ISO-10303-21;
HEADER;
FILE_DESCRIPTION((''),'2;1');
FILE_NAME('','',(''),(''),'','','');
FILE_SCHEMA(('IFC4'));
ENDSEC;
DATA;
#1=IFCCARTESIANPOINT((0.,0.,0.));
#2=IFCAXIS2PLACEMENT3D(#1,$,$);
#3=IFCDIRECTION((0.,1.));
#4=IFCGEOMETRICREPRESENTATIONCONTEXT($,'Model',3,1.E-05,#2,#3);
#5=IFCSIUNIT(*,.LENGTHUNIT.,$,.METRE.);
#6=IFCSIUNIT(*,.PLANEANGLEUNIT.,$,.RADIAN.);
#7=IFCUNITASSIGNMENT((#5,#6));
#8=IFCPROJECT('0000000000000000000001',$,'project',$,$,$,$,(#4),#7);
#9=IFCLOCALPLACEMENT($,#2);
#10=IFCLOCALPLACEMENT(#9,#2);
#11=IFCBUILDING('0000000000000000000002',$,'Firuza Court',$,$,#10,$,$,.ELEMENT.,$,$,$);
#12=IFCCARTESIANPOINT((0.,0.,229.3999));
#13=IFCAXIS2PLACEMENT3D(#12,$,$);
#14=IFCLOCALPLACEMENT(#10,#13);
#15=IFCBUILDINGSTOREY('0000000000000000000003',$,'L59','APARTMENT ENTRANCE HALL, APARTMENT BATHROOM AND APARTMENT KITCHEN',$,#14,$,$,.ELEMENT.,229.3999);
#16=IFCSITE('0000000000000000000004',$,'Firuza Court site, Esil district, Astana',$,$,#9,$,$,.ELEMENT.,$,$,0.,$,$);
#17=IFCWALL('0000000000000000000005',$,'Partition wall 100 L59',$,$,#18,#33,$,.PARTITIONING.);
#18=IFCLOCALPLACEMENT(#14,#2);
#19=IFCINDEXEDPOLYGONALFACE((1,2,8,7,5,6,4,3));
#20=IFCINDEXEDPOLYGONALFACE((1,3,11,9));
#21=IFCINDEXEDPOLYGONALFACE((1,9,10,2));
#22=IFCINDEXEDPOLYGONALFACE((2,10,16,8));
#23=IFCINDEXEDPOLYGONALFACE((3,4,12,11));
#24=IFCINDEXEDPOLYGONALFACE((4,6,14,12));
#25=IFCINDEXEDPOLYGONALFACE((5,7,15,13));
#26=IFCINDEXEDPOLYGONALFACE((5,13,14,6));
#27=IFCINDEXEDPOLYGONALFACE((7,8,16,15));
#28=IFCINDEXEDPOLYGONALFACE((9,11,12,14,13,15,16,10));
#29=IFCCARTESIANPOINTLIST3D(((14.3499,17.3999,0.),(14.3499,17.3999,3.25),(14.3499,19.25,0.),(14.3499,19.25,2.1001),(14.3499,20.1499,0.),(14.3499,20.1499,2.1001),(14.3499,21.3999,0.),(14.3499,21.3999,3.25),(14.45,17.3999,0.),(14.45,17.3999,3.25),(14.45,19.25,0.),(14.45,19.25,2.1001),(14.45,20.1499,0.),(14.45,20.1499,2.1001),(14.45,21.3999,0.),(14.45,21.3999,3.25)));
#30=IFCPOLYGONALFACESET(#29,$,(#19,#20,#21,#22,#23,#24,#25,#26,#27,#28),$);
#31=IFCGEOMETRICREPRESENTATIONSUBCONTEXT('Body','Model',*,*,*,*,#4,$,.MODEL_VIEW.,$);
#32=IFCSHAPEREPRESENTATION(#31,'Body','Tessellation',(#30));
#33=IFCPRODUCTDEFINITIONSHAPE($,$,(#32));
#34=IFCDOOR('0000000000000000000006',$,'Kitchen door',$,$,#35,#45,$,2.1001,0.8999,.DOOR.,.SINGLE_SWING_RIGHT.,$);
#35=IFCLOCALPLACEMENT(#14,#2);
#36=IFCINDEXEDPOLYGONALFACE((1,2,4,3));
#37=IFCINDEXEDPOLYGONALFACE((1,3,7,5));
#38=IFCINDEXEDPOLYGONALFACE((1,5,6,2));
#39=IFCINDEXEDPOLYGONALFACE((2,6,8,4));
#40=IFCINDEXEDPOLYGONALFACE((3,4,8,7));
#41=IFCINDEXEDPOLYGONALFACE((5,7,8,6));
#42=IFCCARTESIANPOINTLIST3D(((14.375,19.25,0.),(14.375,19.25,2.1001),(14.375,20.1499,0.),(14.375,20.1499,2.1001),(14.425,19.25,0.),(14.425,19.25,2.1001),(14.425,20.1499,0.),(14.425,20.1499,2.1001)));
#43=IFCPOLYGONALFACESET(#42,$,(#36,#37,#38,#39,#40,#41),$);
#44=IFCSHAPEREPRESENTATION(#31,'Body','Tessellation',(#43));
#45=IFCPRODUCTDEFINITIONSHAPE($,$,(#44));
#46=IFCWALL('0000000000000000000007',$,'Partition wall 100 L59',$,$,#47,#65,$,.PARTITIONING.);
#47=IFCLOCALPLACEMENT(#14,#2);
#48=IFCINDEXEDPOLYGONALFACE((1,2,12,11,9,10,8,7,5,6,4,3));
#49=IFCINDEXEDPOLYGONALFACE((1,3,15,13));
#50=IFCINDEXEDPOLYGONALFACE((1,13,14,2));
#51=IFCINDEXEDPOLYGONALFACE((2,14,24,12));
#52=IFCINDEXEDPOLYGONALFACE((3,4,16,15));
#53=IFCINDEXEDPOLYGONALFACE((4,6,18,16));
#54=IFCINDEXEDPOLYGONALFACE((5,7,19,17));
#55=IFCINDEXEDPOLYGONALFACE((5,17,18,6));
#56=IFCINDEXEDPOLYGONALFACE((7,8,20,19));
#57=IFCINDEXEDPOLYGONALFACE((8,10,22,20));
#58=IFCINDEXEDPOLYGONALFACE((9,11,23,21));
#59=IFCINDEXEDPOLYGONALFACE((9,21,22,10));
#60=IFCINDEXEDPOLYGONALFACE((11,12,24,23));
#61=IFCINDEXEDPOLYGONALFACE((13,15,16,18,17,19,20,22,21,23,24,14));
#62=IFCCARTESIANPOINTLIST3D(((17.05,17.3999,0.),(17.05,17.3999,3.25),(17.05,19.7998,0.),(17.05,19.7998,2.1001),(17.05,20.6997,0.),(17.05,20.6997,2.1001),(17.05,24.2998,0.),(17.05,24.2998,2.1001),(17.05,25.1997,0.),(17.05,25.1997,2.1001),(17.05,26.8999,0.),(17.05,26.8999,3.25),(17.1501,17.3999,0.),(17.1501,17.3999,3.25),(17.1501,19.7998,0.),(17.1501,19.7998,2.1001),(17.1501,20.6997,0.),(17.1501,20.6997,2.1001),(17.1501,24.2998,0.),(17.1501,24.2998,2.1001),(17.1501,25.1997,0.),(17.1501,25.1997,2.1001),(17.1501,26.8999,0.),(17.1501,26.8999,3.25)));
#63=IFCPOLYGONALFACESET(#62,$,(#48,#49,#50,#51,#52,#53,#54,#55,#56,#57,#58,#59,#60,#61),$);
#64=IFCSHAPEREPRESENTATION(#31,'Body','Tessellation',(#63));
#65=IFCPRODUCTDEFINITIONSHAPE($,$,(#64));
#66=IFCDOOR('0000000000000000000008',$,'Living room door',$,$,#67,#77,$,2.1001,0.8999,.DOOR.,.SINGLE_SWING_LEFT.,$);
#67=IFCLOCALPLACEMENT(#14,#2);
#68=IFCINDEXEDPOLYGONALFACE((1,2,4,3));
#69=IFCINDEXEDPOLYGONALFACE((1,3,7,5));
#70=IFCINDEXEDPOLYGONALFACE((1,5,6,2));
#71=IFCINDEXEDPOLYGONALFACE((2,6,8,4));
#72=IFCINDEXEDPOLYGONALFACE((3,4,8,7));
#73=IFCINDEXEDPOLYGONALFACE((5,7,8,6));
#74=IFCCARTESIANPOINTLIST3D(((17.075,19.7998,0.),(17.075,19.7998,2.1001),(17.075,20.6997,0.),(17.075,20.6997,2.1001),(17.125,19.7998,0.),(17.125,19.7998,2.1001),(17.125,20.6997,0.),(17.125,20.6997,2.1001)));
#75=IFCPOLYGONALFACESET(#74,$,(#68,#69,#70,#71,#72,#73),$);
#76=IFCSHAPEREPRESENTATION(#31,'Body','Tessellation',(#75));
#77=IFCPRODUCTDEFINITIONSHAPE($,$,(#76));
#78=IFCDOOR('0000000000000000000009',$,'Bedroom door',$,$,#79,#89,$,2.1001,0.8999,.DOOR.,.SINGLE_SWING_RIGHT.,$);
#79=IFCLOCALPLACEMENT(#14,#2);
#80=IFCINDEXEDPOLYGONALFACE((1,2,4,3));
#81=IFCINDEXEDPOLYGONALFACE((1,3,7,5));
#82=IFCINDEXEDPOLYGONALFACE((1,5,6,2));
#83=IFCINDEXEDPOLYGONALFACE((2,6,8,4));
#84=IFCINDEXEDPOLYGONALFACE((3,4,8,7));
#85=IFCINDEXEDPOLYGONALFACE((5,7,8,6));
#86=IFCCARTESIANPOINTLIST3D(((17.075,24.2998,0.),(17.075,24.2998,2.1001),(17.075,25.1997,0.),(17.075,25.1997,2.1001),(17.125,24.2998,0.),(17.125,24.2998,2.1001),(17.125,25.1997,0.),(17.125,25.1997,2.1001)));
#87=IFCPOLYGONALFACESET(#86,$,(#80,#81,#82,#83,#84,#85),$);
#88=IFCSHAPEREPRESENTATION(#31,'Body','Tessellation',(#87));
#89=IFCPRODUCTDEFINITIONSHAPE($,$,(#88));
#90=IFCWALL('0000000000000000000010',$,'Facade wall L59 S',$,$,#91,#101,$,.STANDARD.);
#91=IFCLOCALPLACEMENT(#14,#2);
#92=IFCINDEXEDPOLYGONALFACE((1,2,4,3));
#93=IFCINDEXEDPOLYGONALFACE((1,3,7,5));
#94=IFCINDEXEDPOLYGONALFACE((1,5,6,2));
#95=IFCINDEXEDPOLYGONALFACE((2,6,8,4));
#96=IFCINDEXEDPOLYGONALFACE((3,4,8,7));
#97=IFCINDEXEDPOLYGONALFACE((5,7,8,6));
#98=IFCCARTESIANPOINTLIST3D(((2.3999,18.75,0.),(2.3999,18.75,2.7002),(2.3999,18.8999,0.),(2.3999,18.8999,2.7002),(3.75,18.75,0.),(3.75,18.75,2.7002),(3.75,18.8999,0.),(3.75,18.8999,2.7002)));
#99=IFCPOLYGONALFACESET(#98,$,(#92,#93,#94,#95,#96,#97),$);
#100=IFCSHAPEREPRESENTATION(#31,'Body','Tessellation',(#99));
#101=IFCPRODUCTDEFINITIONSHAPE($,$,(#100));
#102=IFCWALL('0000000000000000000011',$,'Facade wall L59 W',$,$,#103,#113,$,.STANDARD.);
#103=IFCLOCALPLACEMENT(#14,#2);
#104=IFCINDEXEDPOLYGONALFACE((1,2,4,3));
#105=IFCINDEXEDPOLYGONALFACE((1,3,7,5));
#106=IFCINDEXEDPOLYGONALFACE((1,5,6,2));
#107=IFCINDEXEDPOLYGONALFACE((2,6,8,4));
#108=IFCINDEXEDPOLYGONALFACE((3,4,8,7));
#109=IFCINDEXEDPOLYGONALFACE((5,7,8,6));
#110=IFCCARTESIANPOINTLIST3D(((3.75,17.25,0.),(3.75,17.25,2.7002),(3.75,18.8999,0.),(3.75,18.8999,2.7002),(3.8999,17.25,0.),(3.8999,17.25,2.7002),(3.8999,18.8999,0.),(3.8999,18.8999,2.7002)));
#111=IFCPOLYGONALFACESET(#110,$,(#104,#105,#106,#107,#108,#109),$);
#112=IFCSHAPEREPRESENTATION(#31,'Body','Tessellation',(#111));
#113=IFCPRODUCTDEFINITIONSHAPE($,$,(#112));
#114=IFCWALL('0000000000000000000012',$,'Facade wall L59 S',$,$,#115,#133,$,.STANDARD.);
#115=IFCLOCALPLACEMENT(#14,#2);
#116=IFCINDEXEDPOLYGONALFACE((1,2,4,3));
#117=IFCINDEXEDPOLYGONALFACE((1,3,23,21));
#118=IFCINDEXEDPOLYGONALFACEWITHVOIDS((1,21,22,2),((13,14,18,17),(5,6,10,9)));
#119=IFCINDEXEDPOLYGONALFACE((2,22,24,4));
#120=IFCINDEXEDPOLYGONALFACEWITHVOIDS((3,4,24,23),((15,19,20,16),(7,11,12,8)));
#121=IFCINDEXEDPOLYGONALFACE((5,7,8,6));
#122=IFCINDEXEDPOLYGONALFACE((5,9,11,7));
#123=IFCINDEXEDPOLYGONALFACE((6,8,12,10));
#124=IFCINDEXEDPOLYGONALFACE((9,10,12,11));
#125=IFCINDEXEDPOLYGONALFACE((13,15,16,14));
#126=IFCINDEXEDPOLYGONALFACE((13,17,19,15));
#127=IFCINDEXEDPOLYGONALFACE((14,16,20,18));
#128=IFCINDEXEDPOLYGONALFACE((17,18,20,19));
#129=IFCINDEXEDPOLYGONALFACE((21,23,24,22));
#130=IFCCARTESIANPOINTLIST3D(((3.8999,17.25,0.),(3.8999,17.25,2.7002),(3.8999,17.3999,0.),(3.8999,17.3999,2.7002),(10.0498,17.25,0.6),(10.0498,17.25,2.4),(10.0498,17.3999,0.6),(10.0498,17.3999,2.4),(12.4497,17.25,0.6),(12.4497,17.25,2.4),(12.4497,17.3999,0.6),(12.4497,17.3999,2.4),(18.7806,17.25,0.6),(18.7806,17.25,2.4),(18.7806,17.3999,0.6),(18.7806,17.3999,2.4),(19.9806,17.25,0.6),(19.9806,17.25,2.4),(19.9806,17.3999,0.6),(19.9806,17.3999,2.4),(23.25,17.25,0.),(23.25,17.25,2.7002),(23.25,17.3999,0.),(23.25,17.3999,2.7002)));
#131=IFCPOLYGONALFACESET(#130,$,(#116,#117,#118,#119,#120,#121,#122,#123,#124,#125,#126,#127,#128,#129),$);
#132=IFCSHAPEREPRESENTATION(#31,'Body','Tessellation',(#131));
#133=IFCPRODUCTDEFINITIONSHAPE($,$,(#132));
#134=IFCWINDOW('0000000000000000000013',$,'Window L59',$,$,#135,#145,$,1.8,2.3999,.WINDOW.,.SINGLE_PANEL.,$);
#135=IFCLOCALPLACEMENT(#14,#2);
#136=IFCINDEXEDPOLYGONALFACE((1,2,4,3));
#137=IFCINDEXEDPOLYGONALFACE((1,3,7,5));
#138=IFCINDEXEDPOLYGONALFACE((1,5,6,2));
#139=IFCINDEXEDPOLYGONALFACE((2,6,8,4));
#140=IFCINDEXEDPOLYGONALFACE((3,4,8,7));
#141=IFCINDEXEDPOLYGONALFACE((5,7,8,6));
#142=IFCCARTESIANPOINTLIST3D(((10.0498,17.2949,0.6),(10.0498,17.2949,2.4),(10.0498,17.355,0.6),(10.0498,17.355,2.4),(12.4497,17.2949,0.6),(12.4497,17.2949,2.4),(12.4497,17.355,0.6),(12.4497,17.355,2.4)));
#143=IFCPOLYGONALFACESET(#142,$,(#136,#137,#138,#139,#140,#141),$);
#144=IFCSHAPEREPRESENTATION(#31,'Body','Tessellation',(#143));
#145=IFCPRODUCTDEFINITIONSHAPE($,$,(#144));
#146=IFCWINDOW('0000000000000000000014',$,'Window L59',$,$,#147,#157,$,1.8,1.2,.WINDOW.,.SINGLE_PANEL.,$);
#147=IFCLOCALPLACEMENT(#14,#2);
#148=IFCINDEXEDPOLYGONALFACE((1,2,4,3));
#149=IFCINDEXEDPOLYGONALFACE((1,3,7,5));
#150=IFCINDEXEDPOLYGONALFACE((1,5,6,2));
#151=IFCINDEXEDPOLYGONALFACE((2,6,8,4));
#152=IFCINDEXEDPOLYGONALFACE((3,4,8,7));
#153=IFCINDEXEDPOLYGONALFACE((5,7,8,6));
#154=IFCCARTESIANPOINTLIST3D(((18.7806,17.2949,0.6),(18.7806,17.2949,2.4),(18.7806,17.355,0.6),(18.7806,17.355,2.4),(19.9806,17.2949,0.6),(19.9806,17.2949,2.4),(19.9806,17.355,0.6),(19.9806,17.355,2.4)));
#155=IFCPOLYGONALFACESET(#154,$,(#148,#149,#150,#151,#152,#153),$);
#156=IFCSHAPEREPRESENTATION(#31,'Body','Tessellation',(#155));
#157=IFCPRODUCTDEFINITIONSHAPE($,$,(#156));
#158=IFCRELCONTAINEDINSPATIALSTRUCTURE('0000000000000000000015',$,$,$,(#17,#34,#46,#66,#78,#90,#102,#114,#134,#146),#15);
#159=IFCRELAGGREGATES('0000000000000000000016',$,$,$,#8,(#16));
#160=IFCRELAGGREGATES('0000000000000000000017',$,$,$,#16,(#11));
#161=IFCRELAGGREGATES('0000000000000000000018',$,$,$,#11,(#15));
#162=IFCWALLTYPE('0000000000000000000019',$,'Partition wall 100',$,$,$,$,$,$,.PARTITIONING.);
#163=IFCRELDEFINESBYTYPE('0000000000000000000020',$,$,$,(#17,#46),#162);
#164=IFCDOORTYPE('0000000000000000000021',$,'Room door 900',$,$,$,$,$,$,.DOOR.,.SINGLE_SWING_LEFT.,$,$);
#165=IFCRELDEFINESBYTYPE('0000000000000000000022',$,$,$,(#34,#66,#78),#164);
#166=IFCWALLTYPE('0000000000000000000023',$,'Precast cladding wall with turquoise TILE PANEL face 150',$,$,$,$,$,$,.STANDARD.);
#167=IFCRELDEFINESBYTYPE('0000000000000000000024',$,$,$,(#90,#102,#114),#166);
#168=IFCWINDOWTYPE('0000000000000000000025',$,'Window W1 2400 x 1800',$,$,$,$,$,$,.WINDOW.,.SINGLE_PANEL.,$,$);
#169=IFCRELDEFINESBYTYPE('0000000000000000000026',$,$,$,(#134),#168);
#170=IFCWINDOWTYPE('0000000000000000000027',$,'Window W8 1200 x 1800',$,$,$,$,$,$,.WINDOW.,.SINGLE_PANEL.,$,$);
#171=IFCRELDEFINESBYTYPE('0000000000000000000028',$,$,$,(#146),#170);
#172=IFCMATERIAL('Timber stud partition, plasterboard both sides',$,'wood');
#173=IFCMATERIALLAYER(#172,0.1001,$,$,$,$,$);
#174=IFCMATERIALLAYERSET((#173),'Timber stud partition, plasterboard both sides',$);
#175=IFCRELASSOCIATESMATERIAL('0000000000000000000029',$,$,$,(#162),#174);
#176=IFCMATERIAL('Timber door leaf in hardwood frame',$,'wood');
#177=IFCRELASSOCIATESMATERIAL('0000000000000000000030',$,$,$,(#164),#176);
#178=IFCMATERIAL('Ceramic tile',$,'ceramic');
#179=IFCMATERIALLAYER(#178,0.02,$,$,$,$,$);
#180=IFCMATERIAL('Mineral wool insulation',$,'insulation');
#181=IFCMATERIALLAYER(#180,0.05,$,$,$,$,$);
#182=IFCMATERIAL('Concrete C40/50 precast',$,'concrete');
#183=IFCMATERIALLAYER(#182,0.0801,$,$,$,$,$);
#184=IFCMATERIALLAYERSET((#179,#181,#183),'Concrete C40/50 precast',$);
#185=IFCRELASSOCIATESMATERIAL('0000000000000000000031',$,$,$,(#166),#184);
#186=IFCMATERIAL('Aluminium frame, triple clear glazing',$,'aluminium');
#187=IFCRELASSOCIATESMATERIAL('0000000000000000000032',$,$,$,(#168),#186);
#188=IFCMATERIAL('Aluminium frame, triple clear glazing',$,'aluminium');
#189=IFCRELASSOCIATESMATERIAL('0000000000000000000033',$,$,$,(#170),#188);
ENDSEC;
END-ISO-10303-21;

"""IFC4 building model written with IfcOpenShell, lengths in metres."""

from ifc_helpers import new_model, si_unit, direction, frame, frame_2d, origin, place, context, subcontext, project, spatial, rectangle, extrude, material, layer, layer_set, type_object, element, fill, save


model = new_model("IFC4")

# Units and contexts
model_context = context("Model", 3, precision=1e-05, world=origin(), true_north=direction((0.0, 1.0)))
body_context = subcontext(model_context, "Body", "Model", "MODEL_VIEW")
ifc_project = project(units=[si_unit("LENGTHUNIT", "METRE"), si_unit("PLANEANGLEUNIT", "RADIAN")], contexts=[model_context])

# Site, building, storey
site_placement = place(None, origin())
site = spatial("IfcSite", under=ifc_project, at=site_placement, Name="Firuza Court site, Esil district, Astana", CompositionType="ELEMENT", RefElevation=0.0)
building_placement = place(site_placement, origin())
building = spatial("IfcBuilding", under=site, at=building_placement, Name="Firuza Court", CompositionType="ELEMENT")
storey_placement = place(building_placement, frame((0.0, 0.0, 229.3999)))
storey = spatial("IfcBuildingStorey", under=building, at=storey_placement, Name="L59", Description="APARTMENT ENTRANCE HALL, APARTMENT BATHROOM AND APARTMENT KITCHEN", CompositionType="ELEMENT", Elevation=229.3999)

# Shared definitions
ifc_material_1 = material(Name="Concrete C40/50 precast", Category="concrete")

# Wall, opening, door
ifc_material_2 = material(Name="Timber stud partition, plasterboard both sides", Category="wood")
ifc_layer_1 = layer(ifc_material_2, 0.1001)
ifc_layer_set_1 = layer_set([ifc_layer_1], Name="Timber stud partition, plasterboard both sides")
wall_type_1 = type_object("IfcWallType", Name="Partition wall 100", PredefinedType="PARTITIONING", material=ifc_layer_set_1)
wall_1_placement = place(storey_placement, frame((14.3999, 17.3999, 0.0), z_axis=(0.0, 0.0, 1.0), x_axis=(0.0, 1.0, 0.0)))
wall_1 = element("IfcWall", 1, at=wall_1_placement, inside=storey, type_object=wall_type_1, Name="Partition wall 100 L59", PredefinedType="PARTITIONING", context=body_context, shape_type="SweptSolid", body=[
    extrude(rectangle(XDim=4.0, YDim=0.1001, at=frame_2d((2.0, 0.0))), origin(), (0.0, 0.0, 1.0), 3.25),
])
opening_1_placement = place(wall_1_placement, frame((1.8501, 0.0, 0.0)))
opening_1 = element("IfcOpeningElement", 2, at=opening_1_placement, cuts=wall_1, PredefinedType="OPENING", context=body_context, shape_type="SweptSolid", body=[
    extrude(rectangle(XDim=0.8999, YDim=2.1001, at=frame_2d((0.45, 1.05))), frame((0.0, 0.062, 0.0), z_axis=(0.0, -1.0, 0.0), x_axis=(1.0, 0.0, 0.0)), (0.0, 0.0, 1.0), 0.124),
])
ifc_material_3 = material(Name="Timber door leaf in hardwood frame", Category="wood")
door_type_1 = type_object("IfcDoorType", Name="Room door 900", OperationType="SINGLE_SWING_LEFT", PredefinedType="DOOR", material=ifc_material_3)
door_1_placement = place(opening_1_placement, origin())
door_1 = element("IfcDoor", 3, at=door_1_placement, inside=storey, type_object=door_type_1, Name="Kitchen door", OperationType="SINGLE_SWING_RIGHT", OverallHeight=2.1001, OverallWidth=0.8999, PredefinedType="DOOR", context=body_context, shape_type="SweptSolid", body=[
    extrude(rectangle(XDim=0.8999, YDim=2.1001, at=frame_2d((0.45, 1.05))), frame((0.0, 0.0249, 0.0), z_axis=(0.0, -1.0, 0.0), x_axis=(1.0, 0.0, 0.0)), (0.0, 0.0, 1.0), 0.05),
])
fill(opening_1, door_1)

# Wall, openings, doors
wall_2_placement = place(storey_placement, frame((17.1001, 17.3999, 0.0), z_axis=(0.0, 0.0, 1.0), x_axis=(0.0, 1.0, 0.0)))
wall_2 = element("IfcWall", 4, at=wall_2_placement, inside=storey, type_object=wall_type_1, Name="Partition wall 100 L59", PredefinedType="PARTITIONING", context=body_context, shape_type="SweptSolid", body=[
    extrude(rectangle(XDim=9.5, YDim=0.1001, at=frame_2d((4.75, 0.0))), origin(), (0.0, 0.0, 1.0), 3.25),
])
opening_2_placement = place(wall_2_placement, frame((2.3999, 0.0, 0.0)))
opening_2 = element("IfcOpeningElement", 5, at=opening_2_placement, cuts=wall_2, PredefinedType="OPENING", context=body_context, shape_type="SweptSolid", body=[
    extrude(rectangle(XDim=0.8999, YDim=2.1001, at=frame_2d((0.45, 1.05))), frame((0.0, 0.062, 0.0), z_axis=(0.0, -1.0, 0.0), x_axis=(1.0, 0.0, 0.0)), (0.0, 0.0, 1.0), 0.124),
])
opening_3_placement = place(wall_2_placement, frame((6.8999, 0.0, 0.0)))
opening_3 = element("IfcOpeningElement", 6, at=opening_3_placement, cuts=wall_2, PredefinedType="OPENING", context=body_context, shape_type="SweptSolid", body=[
    extrude(rectangle(XDim=0.8999, YDim=2.1001, at=frame_2d((0.45, 1.05))), frame((0.0, 0.062, 0.0), z_axis=(0.0, -1.0, 0.0), x_axis=(1.0, 0.0, 0.0)), (0.0, 0.0, 1.0), 0.124),
])
door_2_placement = place(opening_2_placement, frame((0.8999, 0.0, 0.0), z_axis=(0.0, 0.0, 1.0), x_axis=(-1.0, 0.0, 0.0)))
door_2 = element("IfcDoor", 7, at=door_2_placement, inside=storey, type_object=door_type_1, Name="Living room door", OperationType="SINGLE_SWING_LEFT", OverallHeight=2.1001, OverallWidth=0.8999, PredefinedType="DOOR", context=body_context, shape_type="SweptSolid", body=[
    extrude(rectangle(XDim=0.8999, YDim=2.1001, at=frame_2d((0.45, 1.05))), frame((0.0, 0.0249, 0.0), z_axis=(0.0, -1.0, 0.0), x_axis=(1.0, 0.0, 0.0)), (0.0, 0.0, 1.0), 0.05),
])
fill(opening_2, door_2)
door_3_placement = place(opening_3_placement, frame((0.8999, 0.0, 0.0), z_axis=(0.0, 0.0, 1.0), x_axis=(-1.0, 0.0, 0.0)))
door_3 = element("IfcDoor", 8, at=door_3_placement, inside=storey, type_object=door_type_1, Name="Bedroom door", OperationType="SINGLE_SWING_RIGHT", OverallHeight=2.1001, OverallWidth=0.8999, PredefinedType="DOOR", context=body_context, shape_type="SweptSolid", body=[
    extrude(rectangle(XDim=0.8999, YDim=2.1001, at=frame_2d((0.45, 1.05))), frame((0.0, 0.0249, 0.0), z_axis=(0.0, -1.0, 0.0), x_axis=(1.0, 0.0, 0.0)), (0.0, 0.0, 1.0), 0.05),
])
fill(opening_3, door_3)

# Walls
ifc_material_4 = material(Name="Ceramic tile", Category="ceramic")
ifc_layer_2 = layer(ifc_material_4, 0.02)
ifc_material_5 = material(Name="Mineral wool insulation", Category="insulation")
ifc_layer_3 = layer(ifc_material_5, 0.05)
ifc_layer_4 = layer(ifc_material_1, 0.0801)
ifc_layer_set_2 = layer_set([ifc_layer_2, ifc_layer_3, ifc_layer_4], Name="Concrete C40/50 precast")
wall_type_2 = type_object("IfcWallType", Name="Precast cladding wall with turquoise TILE PANEL face 150", PredefinedType="STANDARD", material=ifc_layer_set_2)
wall_3_placement = place(storey_placement, frame((2.3999, 18.825, 0.0), z_axis=(0.0, 0.0, 1.0), x_axis=(1.0, 0.0, 0.0)))
element("IfcWall", 9, at=wall_3_placement, inside=storey, type_object=wall_type_2, Name="Facade wall L59 S", PredefinedType="STANDARD", context=body_context, shape_type="SweptSolid", body=[
    extrude(rectangle(XDim=1.3501, YDim=0.1499, at=frame_2d((0.675, 0.0))), origin(), (0.0, 0.0, 1.0), 2.7002),
])
wall_4_placement = place(storey_placement, frame((3.825, 18.8999, 0.0), z_axis=(0.0, 0.0, 1.0), x_axis=(0.0, -1.0, 0.0)))
element("IfcWall", 10, at=wall_4_placement, inside=storey, type_object=wall_type_2, Name="Facade wall L59 W", PredefinedType="STANDARD", context=body_context, shape_type="SweptSolid", body=[
    extrude(rectangle(XDim=1.6499, YDim=0.1499, at=frame_2d((0.825, 0.0))), origin(), (0.0, 0.0, 1.0), 2.7002),
])

# Wall, openings, windows
wall_5_placement = place(storey_placement, frame((3.8999, 17.325, 0.0), z_axis=(0.0, 0.0, 1.0), x_axis=(1.0, 0.0, 0.0)))
wall_5 = element("IfcWall", 11, at=wall_5_placement, inside=storey, type_object=wall_type_2, Name="Facade wall L59 S", PredefinedType="STANDARD", context=body_context, shape_type="SweptSolid", body=[
    extrude(rectangle(XDim=19.3501, YDim=0.1499, at=frame_2d((9.675, 0.0))), origin(), (0.0, 0.0, 1.0), 2.7002),
])
opening_4_placement = place(wall_5_placement, frame((6.1499, 0.0, 0.6001)))
opening_4 = element("IfcOpeningElement", 12, at=opening_4_placement, cuts=wall_5, PredefinedType="OPENING", context=body_context, shape_type="SweptSolid", body=[
    extrude(rectangle(XDim=2.3999, YDim=1.8, at=frame_2d((1.2, 0.8999))), frame((0.0, 0.0869, 0.0), z_axis=(0.0, -1.0, 0.0), x_axis=(1.0, 0.0, 0.0)), (0.0, 0.0, 1.0), 0.1738),
])
opening_5_placement = place(wall_5_placement, frame((14.8806, 0.0, 0.6001)))
opening_5 = element("IfcOpeningElement", 13, at=opening_5_placement, cuts=wall_5, PredefinedType="OPENING", context=body_context, shape_type="SweptSolid", body=[
    extrude(rectangle(XDim=1.2, YDim=1.8, at=frame_2d((0.6001, 0.8999))), frame((0.0, 0.0869, 0.0), z_axis=(0.0, -1.0, 0.0), x_axis=(1.0, 0.0, 0.0)), (0.0, 0.0, 1.0), 0.1738),
])
ifc_material_6 = material(Name="Aluminium frame, triple clear glazing", Category="aluminium")
window_type_1 = type_object("IfcWindowType", Name="Window W1 2400 x 1800", PartitioningType="SINGLE_PANEL", PredefinedType="WINDOW", material=ifc_material_6)
window_1_placement = place(opening_4_placement, origin())
window_1 = element("IfcWindow", 14, at=window_1_placement, inside=storey, type_object=window_type_1, Name="Window L59", OverallHeight=1.8, OverallWidth=2.3999, PartitioningType="SINGLE_PANEL", PredefinedType="WINDOW", context=body_context, shape_type="SweptSolid", body=[
    extrude(rectangle(XDim=2.3999, YDim=1.8, at=frame_2d((1.2, 0.8999))), frame((0.0, 0.03, 0.0), z_axis=(0.0, -1.0, 0.0), x_axis=(1.0, 0.0, 0.0)), (0.0, 0.0, 1.0), 0.0601),
])
fill(opening_4, window_1)
ifc_material_7 = material(Name="Aluminium frame, triple clear glazing", Category="aluminium")
window_type_2 = type_object("IfcWindowType", Name="Window W8 1200 x 1800", PartitioningType="SINGLE_PANEL", PredefinedType="WINDOW", material=ifc_material_7)
window_2_placement = place(opening_5_placement, origin())
window_2 = element("IfcWindow", 15, at=window_2_placement, inside=storey, type_object=window_type_2, Name="Window L59", OverallHeight=1.8, OverallWidth=1.2, PartitioningType="SINGLE_PANEL", PredefinedType="WINDOW", context=body_context, shape_type="SweptSolid", body=[
    extrude(rectangle(XDim=1.2, YDim=1.8, at=frame_2d((0.6001, 0.8999))), frame((0.0, 0.03, 0.0), z_axis=(0.0, -1.0, 0.0), x_axis=(1.0, 0.0, 0.0)), (0.0, 0.0, 1.0), 0.0601),
])
fill(opening_5, window_2)

save(model, "model.ifc")
